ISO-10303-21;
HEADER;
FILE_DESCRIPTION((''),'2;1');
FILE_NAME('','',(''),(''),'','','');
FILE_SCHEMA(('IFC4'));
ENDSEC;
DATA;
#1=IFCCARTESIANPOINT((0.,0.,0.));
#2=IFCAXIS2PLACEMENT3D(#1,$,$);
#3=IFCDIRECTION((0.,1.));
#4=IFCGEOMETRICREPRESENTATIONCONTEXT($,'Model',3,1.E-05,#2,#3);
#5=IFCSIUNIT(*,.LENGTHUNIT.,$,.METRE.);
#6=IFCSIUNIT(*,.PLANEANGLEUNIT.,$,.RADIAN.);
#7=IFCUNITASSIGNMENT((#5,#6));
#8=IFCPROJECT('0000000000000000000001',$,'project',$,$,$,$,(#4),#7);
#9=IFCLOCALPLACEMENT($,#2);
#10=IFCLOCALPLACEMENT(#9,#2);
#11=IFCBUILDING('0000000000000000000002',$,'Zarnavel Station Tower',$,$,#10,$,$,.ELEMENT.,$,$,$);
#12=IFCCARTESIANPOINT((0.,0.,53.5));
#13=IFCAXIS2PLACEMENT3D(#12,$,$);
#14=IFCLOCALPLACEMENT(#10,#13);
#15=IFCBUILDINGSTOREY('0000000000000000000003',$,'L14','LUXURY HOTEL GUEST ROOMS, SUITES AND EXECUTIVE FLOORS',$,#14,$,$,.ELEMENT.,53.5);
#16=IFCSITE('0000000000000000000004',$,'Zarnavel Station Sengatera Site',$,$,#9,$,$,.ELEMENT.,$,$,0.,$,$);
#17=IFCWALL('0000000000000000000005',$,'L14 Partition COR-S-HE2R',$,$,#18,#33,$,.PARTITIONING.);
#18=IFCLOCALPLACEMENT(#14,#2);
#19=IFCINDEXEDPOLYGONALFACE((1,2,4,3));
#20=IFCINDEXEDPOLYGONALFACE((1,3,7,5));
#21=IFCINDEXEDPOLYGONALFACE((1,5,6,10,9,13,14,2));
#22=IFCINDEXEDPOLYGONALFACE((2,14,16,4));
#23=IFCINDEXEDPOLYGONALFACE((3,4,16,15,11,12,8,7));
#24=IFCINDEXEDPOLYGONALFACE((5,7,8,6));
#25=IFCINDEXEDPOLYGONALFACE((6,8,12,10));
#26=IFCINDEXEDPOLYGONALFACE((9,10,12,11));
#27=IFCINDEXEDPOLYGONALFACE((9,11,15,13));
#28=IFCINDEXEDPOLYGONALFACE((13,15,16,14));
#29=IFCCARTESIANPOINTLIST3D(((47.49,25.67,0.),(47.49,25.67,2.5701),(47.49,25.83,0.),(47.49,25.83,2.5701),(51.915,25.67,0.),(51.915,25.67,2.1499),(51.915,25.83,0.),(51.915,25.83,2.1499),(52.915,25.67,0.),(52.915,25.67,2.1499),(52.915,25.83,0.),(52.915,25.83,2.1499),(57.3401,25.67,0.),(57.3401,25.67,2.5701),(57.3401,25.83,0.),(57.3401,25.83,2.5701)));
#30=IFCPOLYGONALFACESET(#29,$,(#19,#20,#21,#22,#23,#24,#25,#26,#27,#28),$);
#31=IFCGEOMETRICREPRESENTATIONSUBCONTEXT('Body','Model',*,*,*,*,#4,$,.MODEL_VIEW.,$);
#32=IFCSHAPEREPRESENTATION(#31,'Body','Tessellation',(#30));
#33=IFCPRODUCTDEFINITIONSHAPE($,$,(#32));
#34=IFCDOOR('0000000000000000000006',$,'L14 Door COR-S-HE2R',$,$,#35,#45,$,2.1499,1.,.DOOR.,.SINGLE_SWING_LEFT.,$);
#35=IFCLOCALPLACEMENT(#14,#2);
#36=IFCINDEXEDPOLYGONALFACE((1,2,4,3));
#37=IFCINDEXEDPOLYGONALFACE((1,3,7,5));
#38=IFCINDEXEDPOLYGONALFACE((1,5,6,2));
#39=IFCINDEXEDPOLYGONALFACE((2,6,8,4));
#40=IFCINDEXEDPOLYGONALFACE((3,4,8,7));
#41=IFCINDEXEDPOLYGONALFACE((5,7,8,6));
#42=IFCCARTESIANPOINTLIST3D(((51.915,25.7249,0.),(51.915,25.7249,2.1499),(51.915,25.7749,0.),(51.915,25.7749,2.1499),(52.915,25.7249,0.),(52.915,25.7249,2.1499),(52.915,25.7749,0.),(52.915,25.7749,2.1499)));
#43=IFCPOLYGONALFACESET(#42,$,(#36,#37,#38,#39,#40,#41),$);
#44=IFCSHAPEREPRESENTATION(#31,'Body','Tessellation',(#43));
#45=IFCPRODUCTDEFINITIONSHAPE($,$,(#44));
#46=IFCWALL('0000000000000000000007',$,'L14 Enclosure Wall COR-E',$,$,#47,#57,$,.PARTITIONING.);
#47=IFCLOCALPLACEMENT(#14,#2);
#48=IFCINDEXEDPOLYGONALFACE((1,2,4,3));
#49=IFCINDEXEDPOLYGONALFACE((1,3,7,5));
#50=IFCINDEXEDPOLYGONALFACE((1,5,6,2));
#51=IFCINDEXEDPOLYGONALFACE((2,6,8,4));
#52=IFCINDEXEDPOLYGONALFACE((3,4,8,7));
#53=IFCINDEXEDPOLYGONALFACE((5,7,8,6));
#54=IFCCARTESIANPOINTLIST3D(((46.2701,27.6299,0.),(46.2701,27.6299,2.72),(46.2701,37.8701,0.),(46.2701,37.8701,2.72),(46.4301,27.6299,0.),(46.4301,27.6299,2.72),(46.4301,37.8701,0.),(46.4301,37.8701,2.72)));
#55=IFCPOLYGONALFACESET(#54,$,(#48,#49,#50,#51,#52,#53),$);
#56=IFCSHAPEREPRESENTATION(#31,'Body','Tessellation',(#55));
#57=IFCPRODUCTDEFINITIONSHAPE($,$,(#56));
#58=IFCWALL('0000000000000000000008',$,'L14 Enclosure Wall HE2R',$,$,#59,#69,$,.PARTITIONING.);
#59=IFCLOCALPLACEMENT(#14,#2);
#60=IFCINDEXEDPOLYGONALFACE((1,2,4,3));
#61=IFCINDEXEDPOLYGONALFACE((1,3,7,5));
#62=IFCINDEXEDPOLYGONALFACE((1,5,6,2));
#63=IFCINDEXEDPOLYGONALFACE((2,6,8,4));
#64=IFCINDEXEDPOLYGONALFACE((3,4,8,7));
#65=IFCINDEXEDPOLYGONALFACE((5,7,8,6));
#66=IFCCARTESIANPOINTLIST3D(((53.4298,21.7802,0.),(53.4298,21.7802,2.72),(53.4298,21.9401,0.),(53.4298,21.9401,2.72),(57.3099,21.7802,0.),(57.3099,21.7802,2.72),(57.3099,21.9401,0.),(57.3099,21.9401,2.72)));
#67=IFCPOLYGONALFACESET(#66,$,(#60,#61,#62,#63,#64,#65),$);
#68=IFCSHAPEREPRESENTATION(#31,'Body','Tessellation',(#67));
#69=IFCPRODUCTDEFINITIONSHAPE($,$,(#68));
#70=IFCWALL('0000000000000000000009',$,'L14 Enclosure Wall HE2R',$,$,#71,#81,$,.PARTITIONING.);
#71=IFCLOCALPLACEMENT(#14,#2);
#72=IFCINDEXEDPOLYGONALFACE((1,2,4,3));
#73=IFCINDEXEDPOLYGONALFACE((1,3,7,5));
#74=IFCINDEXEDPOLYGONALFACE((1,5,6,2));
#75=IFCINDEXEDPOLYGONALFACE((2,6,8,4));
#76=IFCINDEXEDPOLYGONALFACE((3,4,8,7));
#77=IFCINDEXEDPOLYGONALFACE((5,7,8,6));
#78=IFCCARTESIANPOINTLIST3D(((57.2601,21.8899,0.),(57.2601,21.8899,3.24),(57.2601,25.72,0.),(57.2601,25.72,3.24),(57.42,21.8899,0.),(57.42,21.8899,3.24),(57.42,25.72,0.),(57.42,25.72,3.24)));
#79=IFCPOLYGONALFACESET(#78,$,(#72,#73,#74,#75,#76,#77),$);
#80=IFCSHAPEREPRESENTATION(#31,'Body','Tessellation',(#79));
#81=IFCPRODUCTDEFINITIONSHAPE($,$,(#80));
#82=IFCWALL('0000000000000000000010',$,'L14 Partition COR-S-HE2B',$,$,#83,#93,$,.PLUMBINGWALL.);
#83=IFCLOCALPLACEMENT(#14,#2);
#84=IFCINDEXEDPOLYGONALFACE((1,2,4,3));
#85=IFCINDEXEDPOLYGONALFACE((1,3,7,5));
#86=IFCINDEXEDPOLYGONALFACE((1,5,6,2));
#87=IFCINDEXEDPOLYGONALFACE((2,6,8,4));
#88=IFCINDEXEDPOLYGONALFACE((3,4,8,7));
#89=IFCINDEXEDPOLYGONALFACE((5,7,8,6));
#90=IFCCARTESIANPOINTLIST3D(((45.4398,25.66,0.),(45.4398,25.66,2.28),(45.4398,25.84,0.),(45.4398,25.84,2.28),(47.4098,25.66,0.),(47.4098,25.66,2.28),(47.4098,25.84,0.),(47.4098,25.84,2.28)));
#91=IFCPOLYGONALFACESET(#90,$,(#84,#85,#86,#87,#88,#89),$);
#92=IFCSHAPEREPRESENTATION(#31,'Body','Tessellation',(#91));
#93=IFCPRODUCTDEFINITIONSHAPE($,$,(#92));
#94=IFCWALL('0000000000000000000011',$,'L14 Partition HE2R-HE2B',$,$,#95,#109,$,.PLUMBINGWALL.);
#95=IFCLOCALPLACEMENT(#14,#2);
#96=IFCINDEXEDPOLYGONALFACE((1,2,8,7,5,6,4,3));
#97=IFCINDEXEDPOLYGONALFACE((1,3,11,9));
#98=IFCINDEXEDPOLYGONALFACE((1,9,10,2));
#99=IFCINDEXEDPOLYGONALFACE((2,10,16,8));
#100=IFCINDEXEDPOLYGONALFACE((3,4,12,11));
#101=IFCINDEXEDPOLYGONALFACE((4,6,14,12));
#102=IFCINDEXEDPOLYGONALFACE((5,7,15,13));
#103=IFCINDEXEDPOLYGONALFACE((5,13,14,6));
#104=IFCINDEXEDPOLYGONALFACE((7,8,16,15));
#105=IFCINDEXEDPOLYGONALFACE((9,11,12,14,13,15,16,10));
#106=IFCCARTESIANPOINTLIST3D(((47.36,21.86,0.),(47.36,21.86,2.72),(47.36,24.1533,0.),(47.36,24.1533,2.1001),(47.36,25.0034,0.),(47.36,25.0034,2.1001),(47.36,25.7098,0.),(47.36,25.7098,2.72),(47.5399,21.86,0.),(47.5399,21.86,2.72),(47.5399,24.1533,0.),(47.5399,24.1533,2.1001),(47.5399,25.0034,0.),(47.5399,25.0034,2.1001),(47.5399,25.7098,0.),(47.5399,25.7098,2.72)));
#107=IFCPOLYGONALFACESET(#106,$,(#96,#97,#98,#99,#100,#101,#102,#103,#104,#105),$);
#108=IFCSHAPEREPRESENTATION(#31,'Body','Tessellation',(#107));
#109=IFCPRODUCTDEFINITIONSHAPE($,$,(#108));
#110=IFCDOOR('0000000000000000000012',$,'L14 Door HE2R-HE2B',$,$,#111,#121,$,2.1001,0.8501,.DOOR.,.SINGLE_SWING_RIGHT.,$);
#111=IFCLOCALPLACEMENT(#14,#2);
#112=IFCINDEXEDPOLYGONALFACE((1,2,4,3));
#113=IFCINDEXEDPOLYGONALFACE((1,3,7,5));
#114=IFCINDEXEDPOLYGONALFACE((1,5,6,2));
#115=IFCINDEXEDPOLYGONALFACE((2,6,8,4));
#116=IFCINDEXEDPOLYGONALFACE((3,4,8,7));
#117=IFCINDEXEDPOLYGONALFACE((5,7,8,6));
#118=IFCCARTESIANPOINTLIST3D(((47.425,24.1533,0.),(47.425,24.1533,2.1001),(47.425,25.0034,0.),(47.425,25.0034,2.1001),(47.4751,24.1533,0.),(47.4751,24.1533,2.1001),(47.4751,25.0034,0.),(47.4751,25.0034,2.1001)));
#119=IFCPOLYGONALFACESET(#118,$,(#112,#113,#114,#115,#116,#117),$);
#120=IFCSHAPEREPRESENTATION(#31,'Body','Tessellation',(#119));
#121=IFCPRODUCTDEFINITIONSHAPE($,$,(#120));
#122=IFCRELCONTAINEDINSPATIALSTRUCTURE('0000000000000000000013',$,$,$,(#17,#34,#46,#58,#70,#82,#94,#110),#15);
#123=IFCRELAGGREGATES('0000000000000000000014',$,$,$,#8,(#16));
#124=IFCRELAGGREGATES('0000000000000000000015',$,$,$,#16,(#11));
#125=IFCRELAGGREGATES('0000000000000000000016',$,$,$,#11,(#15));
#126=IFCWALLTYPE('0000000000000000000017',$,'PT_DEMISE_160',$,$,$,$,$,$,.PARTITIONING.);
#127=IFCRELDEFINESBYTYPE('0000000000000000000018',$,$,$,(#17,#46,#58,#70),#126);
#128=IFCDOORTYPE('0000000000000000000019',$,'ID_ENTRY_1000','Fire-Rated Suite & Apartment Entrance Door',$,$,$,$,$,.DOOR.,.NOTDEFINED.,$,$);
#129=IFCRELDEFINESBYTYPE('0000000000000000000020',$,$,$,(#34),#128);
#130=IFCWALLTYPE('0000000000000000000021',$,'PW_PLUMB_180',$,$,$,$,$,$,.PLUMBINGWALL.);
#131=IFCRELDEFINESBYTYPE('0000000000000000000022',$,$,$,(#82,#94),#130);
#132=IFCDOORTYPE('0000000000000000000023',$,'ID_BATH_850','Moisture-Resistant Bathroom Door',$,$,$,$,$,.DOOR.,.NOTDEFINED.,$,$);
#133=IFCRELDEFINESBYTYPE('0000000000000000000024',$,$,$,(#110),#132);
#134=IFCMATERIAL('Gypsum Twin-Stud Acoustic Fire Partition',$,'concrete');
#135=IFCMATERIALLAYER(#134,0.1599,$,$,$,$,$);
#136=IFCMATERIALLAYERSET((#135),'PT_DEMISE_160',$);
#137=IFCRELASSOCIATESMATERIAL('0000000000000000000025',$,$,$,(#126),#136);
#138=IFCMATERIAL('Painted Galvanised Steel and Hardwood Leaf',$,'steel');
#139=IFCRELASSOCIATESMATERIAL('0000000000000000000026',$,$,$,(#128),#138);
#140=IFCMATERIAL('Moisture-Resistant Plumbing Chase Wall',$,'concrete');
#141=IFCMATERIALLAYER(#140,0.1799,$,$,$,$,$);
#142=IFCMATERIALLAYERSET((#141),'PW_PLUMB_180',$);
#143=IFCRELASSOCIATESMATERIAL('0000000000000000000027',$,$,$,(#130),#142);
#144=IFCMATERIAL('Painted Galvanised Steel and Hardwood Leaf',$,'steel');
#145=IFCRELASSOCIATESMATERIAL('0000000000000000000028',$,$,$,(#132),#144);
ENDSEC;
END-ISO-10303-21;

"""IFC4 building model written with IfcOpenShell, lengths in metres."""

from ifc_helpers import new_model, si_unit, direction, frame, frame_2d, origin, place, context, subcontext, project, spatial, rectangle, extrude, material, layer, layer_set, type_object, element, fill, save


model = new_model("IFC4")

# Units and contexts
model_context = context("Model", 3, precision=1e-05, world=origin(), true_north=direction((0.0, 1.0)))
body_context = subcontext(model_context, "Body", "Model", "MODEL_VIEW")
ifc_project = project(units=[si_unit("LENGTHUNIT", "METRE"), si_unit("PLANEANGLEUNIT", "RADIAN")], contexts=[model_context])

# Site, building, storey
site_placement = place(None, origin())
site = spatial("IfcSite", under=ifc_project, at=site_placement, Name="Zarnavel Station Sengatera Site", CompositionType="ELEMENT", RefElevation=0.0)
building_placement = place(site_placement, origin())
building = spatial("IfcBuilding", under=site, at=building_placement, Name="Zarnavel Station Tower", CompositionType="ELEMENT")
storey_placement = place(building_placement, frame((0.0, 0.0, 53.5)))
storey = spatial("IfcBuildingStorey", under=building, at=storey_placement, Name="L14", Description="LUXURY HOTEL GUEST ROOMS, SUITES AND EXECUTIVE FLOORS", CompositionType="ELEMENT", Elevation=53.5)

# Wall, opening, door
ifc_material_1 = material(Name="Gypsum Twin-Stud Acoustic Fire Partition", Category="concrete")
ifc_layer_1 = layer(ifc_material_1, 0.1599)
ifc_layer_set_1 = layer_set([ifc_layer_1], Name="PT_DEMISE_160")
wall_type_1 = type_object("IfcWallType", Name="PT_DEMISE_160", PredefinedType="PARTITIONING", material=ifc_layer_set_1)
ifc_material_2 = material(Name="Painted Galvanised Steel and Hardwood Leaf", Category="steel")
door_type_1 = type_object("IfcDoorType", Name="ID_ENTRY_1000", Description="Fire-Rated Suite & Apartment Entrance Door", OperationType="NOTDEFINED", PredefinedType="DOOR", material=ifc_material_2)
wall_1_placement = place(storey_placement, frame((47.49, 25.75, 0.0), z_axis=(0.0, 0.0, 1.0), x_axis=(1.0, 0.0, 0.0)))
wall_1 = element("IfcWall", 1, at=wall_1_placement, inside=storey, type_object=wall_type_1, Name="L14 Partition COR-S-HE2R", PredefinedType="PARTITIONING", context=body_context, shape_type="SweptSolid", body=[
    extrude(rectangle(XDim=9.8501, YDim=0.1599, at=frame_2d((4.925, 0.0))), origin(), (0.0, 0.0, 1.0), 2.5701),
])
opening_1_placement = place(wall_1_placement, frame((4.425, 0.0, 0.0)))
opening_1 = element("IfcOpeningElement", 2, at=opening_1_placement, cuts=wall_1, PredefinedType="OPENING", context=body_context, shape_type="SweptSolid", body=[
    extrude(rectangle(XDim=1.0, YDim=2.1499, at=frame_2d((0.5, 1.075))), frame((0.0, 0.0898, 0.0), z_axis=(0.0, -1.0, 0.0), x_axis=(1.0, 0.0, 0.0)), (0.0, 0.0, 1.0), 0.1799),
])
door_1_placement = place(opening_1_placement, origin())
door_1 = element("IfcDoor", 3, at=door_1_placement, inside=storey, type_object=door_type_1, Name="L14 Door COR-S-HE2R", OperationType="SINGLE_SWING_LEFT", OverallHeight=2.1499, OverallWidth=1.0, PredefinedType="DOOR", context=body_context, shape_type="SweptSolid", body=[
    extrude(rectangle(XDim=1.0, YDim=2.1499, at=frame_2d((0.5, 1.075))), frame((0.0, 0.0249, 0.0), z_axis=(0.0, -1.0, 0.0), x_axis=(1.0, 0.0, 0.0)), (0.0, 0.0, 1.0), 0.05),
])
fill(opening_1, door_1)

# Walls
wall_2_placement = place(storey_placement, frame((46.3501, 27.6299, 0.0), z_axis=(0.0, 0.0, 1.0), x_axis=(0.0, 1.0, 0.0)))
element("IfcWall", 4, at=wall_2_placement, inside=storey, type_object=wall_type_1, Name="L14 Enclosure Wall COR-E", PredefinedType="PARTITIONING", context=body_context, shape_type="SweptSolid", body=[
    extrude(rectangle(XDim=10.2402, YDim=0.1599, at=frame_2d((5.1201, 0.0))), origin(), (0.0, 0.0, 1.0), 2.72),
])
wall_3_placement = place(storey_placement, frame((53.4299, 21.8601, 0.0), z_axis=(0.0, 0.0, 1.0), x_axis=(1.0, 0.0, 0.0)))
element("IfcWall", 5, at=wall_3_placement, inside=storey, type_object=wall_type_1, Name="L14 Enclosure Wall HE2R", PredefinedType="PARTITIONING", context=body_context, shape_type="SweptSolid", body=[
    extrude(rectangle(XDim=3.8801, YDim=0.1599, at=frame_2d((1.9399, 0.0))), origin(), (0.0, 0.0, 1.0), 2.72),
])
wall_4_placement = place(storey_placement, frame((57.3401, 21.8899, 0.0), z_axis=(0.0, 0.0, 1.0), x_axis=(0.0, 1.0, 0.0)))
element("IfcWall", 6, at=wall_4_placement, inside=storey, type_object=wall_type_1, Name="L14 Enclosure Wall HE2R", PredefinedType="PARTITIONING", context=body_context, shape_type="SweptSolid", body=[
    extrude(rectangle(XDim=3.8301, YDim=0.1599, at=frame_2d((1.915, 0.0))), origin(), (0.0, 0.0, 1.0), 3.24),
])
ifc_material_3 = material(Name="Moisture-Resistant Plumbing Chase Wall", Category="concrete")
ifc_layer_2 = layer(ifc_material_3, 0.1799)
ifc_layer_set_2 = layer_set([ifc_layer_2], Name="PW_PLUMB_180")
wall_type_2 = type_object("IfcWallType", Name="PW_PLUMB_180", PredefinedType="PLUMBINGWALL", material=ifc_layer_set_2)
wall_5_placement = place(storey_placement, frame((45.4399, 25.75, 0.0), z_axis=(0.0, 0.0, 1.0), x_axis=(1.0, 0.0, 0.0)))
element("IfcWall", 7, at=wall_5_placement, inside=storey, type_object=wall_type_2, Name="L14 Partition COR-S-HE2B", PredefinedType="PLUMBINGWALL", context=body_context, shape_type="SweptSolid", body=[
    extrude(rectangle(XDim=1.97, YDim=0.1799, at=frame_2d((0.9849, 0.0))), origin(), (0.0, 0.0, 1.0), 2.28),
])

# Wall, opening, door
wall_6_placement = place(storey_placement, frame((47.45, 21.8601, 0.0), z_axis=(0.0, 0.0, 1.0), x_axis=(0.0, 1.0, 0.0)))
wall_6 = element("IfcWall", 8, at=wall_6_placement, inside=storey, type_object=wall_type_2, Name="L14 Partition HE2R-HE2B", PredefinedType="PLUMBINGWALL", context=body_context, shape_type="SweptSolid", body=[
    extrude(rectangle(XDim=3.8499, YDim=0.1799, at=frame_2d((1.9248, 0.0))), origin(), (0.0, 0.0, 1.0), 2.72),
])
opening_2_placement = place(wall_6_placement, frame((2.2932, 0.0, 0.0)))
opening_2 = element("IfcOpeningElement", 9, at=opening_2_placement, cuts=wall_6, PredefinedType="OPENING", context=body_context, shape_type="SweptSolid", body=[
    extrude(rectangle(XDim=0.8501, YDim=2.1001, at=frame_2d((0.425, 1.05))), frame((0.0, 0.0999, 0.0), z_axis=(0.0, -1.0, 0.0), x_axis=(1.0, 0.0, 0.0)), (0.0, 0.0, 1.0), 0.2),
])
ifc_material_4 = material(Name="Painted Galvanised Steel and Hardwood Leaf", Category="steel")
door_type_2 = type_object("IfcDoorType", Name="ID_BATH_850", Description="Moisture-Resistant Bathroom Door", OperationType="NOTDEFINED", PredefinedType="DOOR", material=ifc_material_4)
door_2_placement = place(opening_2_placement, origin())
door_2 = element("IfcDoor", 10, at=door_2_placement, inside=storey, type_object=door_type_2, Name="L14 Door HE2R-HE2B", OperationType="SINGLE_SWING_RIGHT", OverallHeight=2.1001, OverallWidth=0.8501, PredefinedType="DOOR", context=body_context, shape_type="SweptSolid", body=[
    extrude(rectangle(XDim=0.8501, YDim=2.1001, at=frame_2d((0.425, 1.05))), frame((0.0, 0.0249, 0.0), z_axis=(0.0, -1.0, 0.0), x_axis=(1.0, 0.0, 0.0)), (0.0, 0.0, 1.0), 0.05),
])
fill(opening_2, door_2)

save(model, "model.ifc")
